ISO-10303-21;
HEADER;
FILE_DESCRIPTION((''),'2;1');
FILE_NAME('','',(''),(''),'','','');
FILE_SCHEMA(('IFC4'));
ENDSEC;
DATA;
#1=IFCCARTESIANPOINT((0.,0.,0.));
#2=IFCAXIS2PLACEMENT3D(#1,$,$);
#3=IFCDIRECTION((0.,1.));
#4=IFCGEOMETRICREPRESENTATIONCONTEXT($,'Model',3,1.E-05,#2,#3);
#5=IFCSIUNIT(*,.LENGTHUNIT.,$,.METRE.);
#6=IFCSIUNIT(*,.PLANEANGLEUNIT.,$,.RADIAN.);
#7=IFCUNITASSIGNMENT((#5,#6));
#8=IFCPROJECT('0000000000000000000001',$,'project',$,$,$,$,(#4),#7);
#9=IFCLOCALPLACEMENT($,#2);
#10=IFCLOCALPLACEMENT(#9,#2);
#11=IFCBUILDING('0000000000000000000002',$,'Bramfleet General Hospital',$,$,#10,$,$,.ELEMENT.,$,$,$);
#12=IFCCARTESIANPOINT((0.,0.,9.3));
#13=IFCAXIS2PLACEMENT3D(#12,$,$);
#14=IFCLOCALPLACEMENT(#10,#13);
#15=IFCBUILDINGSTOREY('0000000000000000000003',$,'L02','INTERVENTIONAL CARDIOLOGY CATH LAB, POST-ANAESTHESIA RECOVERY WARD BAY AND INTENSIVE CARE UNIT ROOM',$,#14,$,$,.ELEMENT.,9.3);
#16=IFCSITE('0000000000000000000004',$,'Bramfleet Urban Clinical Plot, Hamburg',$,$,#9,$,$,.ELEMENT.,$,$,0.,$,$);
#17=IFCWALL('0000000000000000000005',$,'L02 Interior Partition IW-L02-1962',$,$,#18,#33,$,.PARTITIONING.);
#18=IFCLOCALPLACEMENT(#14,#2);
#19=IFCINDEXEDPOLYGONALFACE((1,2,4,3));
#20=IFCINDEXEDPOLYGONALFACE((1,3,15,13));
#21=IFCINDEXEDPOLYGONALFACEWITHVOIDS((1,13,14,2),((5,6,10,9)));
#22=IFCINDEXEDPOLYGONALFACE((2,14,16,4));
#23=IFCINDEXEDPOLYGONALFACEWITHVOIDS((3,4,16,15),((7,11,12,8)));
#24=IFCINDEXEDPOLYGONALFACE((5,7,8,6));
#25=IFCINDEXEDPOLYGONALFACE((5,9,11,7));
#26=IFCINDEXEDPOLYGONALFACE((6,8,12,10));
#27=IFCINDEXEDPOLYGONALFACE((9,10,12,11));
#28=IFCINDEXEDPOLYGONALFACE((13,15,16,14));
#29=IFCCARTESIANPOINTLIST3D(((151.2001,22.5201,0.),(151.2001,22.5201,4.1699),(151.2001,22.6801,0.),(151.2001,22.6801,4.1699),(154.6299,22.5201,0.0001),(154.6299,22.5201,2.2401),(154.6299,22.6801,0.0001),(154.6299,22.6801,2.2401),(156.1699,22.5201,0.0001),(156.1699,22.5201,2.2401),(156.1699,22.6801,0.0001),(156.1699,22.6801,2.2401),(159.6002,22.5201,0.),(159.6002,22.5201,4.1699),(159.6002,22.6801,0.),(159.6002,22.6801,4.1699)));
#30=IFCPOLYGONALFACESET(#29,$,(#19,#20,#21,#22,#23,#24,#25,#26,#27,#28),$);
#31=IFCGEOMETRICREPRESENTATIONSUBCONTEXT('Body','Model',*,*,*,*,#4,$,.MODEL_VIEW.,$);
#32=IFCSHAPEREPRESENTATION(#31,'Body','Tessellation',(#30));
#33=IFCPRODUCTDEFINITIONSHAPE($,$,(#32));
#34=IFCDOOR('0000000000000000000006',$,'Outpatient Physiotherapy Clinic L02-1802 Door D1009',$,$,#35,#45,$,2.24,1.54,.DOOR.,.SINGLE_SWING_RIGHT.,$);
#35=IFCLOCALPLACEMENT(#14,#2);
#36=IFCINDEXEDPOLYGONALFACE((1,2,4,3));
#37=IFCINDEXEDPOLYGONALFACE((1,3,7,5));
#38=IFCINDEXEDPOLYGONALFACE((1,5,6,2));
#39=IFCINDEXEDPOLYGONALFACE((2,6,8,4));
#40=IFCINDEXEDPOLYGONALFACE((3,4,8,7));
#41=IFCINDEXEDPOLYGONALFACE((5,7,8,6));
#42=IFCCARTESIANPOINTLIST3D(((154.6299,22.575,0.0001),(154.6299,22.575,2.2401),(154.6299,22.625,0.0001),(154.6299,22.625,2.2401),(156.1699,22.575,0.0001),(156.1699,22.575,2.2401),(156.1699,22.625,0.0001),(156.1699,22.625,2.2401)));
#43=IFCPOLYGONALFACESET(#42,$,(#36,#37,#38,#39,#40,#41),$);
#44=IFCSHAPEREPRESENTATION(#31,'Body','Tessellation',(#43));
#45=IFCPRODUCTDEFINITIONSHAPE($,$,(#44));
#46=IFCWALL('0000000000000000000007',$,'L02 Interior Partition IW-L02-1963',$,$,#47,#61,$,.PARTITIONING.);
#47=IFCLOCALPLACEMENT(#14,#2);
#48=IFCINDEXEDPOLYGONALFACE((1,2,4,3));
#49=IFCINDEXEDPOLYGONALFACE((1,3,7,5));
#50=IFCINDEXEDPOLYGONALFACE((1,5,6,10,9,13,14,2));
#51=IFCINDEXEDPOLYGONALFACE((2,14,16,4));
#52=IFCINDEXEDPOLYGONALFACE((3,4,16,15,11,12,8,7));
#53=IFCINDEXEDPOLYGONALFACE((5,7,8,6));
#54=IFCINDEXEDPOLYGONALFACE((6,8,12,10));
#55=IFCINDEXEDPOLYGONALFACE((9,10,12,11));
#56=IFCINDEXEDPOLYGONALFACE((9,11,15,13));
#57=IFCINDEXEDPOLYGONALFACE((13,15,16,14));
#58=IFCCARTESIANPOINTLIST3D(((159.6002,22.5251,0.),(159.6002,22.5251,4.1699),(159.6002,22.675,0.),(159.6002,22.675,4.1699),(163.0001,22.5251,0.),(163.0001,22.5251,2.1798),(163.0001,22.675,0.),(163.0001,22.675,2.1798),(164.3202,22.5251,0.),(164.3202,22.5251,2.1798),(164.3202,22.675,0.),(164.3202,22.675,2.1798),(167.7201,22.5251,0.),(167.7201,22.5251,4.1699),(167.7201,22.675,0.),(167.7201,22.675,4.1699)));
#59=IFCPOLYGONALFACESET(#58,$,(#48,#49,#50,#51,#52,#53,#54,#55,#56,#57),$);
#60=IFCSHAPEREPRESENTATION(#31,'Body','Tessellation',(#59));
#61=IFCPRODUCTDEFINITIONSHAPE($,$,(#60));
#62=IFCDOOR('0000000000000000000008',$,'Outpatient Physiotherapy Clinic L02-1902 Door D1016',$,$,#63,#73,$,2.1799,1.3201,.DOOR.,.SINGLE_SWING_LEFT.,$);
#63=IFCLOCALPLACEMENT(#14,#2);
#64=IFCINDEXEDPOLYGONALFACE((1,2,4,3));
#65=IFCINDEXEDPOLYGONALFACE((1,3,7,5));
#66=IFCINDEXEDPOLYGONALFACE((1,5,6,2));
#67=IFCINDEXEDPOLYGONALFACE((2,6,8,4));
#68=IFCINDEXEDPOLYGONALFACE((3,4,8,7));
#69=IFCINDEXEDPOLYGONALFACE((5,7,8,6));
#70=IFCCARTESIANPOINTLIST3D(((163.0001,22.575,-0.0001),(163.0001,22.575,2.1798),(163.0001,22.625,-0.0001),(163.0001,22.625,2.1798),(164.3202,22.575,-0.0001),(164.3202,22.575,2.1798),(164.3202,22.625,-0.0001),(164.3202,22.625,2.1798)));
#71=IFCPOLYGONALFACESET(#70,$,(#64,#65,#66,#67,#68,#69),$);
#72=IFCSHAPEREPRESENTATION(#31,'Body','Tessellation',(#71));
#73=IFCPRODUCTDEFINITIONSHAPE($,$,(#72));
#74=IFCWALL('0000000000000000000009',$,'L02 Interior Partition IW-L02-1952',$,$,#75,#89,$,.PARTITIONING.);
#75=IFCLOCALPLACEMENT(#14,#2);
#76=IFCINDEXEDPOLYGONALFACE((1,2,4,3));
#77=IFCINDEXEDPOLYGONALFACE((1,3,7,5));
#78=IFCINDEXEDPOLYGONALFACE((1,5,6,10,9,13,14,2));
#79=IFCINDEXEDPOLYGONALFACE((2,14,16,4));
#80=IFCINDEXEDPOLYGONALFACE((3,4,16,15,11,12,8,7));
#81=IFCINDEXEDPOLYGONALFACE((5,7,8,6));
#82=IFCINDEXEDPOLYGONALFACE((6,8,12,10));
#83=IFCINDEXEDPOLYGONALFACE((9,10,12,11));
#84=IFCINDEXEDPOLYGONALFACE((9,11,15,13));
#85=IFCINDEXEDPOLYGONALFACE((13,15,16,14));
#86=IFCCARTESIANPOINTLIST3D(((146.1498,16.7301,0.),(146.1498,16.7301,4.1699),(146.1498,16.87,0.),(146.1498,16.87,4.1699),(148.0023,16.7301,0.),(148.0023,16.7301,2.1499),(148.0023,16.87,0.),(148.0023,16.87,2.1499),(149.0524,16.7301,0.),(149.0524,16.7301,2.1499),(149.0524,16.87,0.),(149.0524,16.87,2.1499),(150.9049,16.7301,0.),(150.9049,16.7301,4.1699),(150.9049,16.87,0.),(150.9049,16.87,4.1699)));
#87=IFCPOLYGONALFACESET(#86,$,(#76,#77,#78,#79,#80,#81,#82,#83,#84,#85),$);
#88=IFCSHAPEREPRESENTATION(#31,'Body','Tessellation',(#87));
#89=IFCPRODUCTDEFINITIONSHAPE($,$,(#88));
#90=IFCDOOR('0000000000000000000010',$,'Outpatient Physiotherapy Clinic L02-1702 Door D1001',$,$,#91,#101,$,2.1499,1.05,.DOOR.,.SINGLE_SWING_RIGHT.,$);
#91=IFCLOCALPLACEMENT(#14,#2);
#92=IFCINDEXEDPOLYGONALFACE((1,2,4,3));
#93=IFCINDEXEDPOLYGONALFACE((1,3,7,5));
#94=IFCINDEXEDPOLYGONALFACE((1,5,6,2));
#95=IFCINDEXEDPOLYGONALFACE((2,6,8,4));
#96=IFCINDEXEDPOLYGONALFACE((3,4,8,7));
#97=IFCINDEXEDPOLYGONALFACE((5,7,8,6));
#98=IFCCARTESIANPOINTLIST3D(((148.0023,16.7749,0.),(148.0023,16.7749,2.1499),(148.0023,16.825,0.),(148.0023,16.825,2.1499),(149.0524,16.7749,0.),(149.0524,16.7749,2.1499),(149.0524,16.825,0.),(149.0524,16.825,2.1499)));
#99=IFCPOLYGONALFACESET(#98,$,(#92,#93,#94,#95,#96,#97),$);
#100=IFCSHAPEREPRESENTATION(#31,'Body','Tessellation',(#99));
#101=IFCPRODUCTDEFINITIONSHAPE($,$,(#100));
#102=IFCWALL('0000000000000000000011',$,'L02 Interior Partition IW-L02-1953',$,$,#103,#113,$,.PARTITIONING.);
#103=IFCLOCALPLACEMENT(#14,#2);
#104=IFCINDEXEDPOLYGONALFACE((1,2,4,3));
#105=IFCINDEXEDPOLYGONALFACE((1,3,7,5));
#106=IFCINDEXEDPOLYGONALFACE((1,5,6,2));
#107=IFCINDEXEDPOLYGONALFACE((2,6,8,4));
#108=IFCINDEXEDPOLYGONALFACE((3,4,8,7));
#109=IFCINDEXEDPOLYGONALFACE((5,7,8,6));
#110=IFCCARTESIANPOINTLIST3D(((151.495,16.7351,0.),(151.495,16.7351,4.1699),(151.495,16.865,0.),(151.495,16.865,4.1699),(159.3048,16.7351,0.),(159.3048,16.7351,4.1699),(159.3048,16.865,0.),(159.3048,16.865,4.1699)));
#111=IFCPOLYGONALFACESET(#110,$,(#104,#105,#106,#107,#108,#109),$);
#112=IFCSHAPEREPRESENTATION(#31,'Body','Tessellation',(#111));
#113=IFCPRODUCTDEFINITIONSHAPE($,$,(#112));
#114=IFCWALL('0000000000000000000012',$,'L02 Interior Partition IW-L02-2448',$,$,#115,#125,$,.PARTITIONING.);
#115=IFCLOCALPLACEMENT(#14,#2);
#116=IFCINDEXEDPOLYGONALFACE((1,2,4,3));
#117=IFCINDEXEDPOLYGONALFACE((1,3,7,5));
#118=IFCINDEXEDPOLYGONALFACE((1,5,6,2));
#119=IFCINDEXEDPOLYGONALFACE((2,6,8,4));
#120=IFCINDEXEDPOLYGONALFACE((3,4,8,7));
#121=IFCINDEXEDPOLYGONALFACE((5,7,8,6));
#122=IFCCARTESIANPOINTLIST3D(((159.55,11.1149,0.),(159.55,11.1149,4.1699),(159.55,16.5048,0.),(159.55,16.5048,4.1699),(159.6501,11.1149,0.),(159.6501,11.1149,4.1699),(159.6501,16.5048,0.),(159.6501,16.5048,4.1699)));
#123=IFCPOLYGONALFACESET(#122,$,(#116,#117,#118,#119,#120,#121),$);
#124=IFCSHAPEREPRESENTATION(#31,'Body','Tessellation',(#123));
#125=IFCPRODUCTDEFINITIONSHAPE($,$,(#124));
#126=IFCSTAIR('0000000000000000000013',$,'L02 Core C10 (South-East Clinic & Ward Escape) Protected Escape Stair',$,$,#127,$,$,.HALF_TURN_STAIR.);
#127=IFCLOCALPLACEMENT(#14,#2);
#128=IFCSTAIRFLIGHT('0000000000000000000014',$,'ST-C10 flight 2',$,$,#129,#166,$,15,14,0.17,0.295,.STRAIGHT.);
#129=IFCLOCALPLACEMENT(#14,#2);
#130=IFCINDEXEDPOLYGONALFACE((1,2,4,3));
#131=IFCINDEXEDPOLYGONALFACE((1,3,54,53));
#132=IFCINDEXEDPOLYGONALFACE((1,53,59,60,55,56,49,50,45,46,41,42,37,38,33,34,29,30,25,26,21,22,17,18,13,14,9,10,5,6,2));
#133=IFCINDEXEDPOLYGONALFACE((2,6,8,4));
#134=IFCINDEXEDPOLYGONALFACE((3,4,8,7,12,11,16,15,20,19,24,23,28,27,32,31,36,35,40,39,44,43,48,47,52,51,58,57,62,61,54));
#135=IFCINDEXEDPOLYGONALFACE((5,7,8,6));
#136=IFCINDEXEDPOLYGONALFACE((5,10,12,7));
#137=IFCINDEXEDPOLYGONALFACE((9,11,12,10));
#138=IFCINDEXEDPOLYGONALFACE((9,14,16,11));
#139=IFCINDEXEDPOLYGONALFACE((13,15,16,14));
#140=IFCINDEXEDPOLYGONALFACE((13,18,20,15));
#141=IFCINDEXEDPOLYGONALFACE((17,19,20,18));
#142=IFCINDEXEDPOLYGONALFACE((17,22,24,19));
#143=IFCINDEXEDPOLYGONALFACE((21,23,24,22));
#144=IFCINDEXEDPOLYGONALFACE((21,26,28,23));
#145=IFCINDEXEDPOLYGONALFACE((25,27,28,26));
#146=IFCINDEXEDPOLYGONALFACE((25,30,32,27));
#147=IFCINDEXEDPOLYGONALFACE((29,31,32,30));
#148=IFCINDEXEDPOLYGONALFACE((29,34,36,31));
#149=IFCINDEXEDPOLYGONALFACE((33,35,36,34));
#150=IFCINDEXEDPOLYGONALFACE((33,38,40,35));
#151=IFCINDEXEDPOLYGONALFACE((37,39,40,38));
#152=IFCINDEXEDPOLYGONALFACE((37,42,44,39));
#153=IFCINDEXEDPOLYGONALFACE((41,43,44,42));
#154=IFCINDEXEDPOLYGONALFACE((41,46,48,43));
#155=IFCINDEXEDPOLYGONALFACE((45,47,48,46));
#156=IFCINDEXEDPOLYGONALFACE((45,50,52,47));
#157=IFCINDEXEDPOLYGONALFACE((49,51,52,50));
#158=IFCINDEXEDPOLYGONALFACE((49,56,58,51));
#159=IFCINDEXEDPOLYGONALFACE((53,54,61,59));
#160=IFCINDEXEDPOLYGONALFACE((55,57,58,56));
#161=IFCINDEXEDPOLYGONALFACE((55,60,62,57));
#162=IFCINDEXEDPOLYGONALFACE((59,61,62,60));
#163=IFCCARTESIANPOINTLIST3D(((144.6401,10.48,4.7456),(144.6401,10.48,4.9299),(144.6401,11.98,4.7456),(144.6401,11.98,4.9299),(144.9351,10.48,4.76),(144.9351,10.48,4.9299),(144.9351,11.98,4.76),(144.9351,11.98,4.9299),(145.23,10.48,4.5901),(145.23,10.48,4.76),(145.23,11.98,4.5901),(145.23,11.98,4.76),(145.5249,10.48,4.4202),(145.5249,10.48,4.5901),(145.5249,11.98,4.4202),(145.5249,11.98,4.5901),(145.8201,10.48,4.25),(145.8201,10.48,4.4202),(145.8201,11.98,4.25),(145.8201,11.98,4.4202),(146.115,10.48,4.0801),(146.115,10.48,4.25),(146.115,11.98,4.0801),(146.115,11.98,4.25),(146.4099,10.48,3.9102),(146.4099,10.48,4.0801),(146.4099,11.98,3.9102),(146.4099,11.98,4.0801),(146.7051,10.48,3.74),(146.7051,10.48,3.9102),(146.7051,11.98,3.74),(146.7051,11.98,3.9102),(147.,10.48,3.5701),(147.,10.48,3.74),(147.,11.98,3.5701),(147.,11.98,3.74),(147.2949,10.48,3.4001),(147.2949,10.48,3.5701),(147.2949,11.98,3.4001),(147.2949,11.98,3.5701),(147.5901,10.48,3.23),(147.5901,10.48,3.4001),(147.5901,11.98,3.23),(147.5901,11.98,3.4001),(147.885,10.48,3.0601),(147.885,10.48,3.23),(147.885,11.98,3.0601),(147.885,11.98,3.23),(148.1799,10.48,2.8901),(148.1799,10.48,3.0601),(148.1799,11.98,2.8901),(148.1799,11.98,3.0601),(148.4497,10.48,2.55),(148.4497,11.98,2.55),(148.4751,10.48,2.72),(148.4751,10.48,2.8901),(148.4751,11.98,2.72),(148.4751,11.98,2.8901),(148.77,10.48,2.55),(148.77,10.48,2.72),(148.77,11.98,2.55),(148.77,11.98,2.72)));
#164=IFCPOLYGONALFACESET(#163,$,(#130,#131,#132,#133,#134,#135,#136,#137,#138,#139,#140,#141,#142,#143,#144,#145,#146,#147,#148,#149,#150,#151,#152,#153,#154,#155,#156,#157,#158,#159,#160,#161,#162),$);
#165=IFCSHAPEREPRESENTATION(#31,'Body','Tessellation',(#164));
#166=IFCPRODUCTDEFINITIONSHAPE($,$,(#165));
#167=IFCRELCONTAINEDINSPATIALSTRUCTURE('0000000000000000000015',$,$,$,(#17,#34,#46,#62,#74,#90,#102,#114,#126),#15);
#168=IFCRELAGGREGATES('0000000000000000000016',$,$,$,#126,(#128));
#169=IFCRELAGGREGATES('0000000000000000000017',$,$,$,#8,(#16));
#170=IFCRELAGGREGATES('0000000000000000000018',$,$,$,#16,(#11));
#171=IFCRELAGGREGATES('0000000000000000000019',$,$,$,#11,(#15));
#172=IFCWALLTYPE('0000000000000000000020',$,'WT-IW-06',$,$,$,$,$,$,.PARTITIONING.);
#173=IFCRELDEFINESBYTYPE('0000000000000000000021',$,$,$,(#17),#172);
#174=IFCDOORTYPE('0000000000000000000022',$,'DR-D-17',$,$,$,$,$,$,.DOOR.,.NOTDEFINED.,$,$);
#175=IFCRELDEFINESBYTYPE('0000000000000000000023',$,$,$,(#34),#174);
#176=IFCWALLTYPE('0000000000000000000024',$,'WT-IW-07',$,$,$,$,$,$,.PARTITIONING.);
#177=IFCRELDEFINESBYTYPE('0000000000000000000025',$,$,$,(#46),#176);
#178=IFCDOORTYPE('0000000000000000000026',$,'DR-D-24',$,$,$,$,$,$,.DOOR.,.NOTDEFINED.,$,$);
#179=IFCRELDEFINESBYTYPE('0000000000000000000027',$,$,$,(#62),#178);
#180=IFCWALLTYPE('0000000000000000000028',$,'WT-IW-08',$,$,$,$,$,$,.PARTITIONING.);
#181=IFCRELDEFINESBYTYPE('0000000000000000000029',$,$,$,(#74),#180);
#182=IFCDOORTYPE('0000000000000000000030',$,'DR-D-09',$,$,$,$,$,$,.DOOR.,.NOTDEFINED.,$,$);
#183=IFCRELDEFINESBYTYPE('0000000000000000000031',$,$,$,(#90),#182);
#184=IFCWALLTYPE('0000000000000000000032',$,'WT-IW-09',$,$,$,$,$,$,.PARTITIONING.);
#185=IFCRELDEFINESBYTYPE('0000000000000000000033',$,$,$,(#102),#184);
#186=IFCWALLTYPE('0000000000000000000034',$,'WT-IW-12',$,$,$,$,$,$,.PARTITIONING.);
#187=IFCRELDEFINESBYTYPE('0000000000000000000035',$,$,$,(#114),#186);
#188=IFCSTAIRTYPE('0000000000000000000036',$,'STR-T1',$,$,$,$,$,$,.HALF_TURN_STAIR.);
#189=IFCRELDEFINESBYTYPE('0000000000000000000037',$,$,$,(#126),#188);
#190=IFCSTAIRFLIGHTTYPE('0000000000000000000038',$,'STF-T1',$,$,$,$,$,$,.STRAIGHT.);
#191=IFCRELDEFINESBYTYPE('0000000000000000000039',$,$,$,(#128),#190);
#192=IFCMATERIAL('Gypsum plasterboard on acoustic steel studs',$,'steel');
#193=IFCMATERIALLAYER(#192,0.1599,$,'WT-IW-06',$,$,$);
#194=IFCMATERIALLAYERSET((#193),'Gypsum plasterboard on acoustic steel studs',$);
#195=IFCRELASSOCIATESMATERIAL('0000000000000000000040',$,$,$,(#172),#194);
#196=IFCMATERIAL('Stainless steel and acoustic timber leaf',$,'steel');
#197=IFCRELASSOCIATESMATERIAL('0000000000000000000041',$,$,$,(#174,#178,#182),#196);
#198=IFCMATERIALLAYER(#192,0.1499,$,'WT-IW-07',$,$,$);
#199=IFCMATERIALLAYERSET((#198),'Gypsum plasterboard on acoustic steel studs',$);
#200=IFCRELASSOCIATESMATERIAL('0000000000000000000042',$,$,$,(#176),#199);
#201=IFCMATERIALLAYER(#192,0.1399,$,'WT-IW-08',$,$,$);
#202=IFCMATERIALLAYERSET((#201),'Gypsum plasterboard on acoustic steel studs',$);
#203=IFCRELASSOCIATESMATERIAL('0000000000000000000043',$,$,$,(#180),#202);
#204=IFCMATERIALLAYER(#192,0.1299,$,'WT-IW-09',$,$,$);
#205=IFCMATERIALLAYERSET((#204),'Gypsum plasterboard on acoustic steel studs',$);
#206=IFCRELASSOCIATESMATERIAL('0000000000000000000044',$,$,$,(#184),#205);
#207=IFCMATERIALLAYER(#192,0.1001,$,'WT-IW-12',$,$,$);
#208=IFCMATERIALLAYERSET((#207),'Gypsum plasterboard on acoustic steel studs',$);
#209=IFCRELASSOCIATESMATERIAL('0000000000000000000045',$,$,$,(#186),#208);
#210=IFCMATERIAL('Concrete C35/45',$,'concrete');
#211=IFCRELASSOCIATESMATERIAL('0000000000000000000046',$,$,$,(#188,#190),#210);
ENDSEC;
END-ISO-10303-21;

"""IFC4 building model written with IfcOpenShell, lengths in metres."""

from ifc_helpers import new_model, si_unit, direction, frame, frame_2d, origin, place, context, subcontext, project, spatial, polyline, rectangle, outline, extrude, material, layer, layer_set, type_object, element, fill, aggregate, save


model = new_model("IFC4")

# Units and contexts
model_context = context("Model", 3, precision=1e-05, world=origin(), true_north=direction((0.0, 1.0)))
body_context = subcontext(model_context, "Body", "Model", "MODEL_VIEW")
ifc_project = project(units=[si_unit("LENGTHUNIT", "METRE"), si_unit("PLANEANGLEUNIT", "RADIAN")], contexts=[model_context])

# Site, building, storey
site_placement = place(None, origin())
site = spatial("IfcSite", under=ifc_project, at=site_placement, Name="Bramfleet Urban Clinical Plot, Hamburg", CompositionType="ELEMENT", RefElevation=0.0)
building_placement = place(site_placement, origin())
building = spatial("IfcBuilding", under=site, at=building_placement, Name="Bramfleet General Hospital", CompositionType="ELEMENT")
storey_placement = place(building_placement, frame((0.0, 0.0, 9.3)))
storey = spatial("IfcBuildingStorey", under=building, at=storey_placement, Name="L02", Description="INTERVENTIONAL CARDIOLOGY CATH LAB, POST-ANAESTHESIA RECOVERY WARD BAY AND INTENSIVE CARE UNIT ROOM", CompositionType="ELEMENT", Elevation=9.3)

# Shared definitions
ifc_material_1 = material(Name="Concrete C35/45", Category="concrete")

# Shared definitions
ifc_material_2 = material(Name="Stainless steel and acoustic timber leaf", Category="steel")

# Shared definitions
ifc_material_3 = material(Name="Gypsum plasterboard on acoustic steel studs", Category="steel")

# Walls, openings, doors
ifc_layer_1 = layer(ifc_material_3, 0.1599, Name="WT-IW-06")
ifc_layer_set_1 = layer_set([ifc_layer_1], Name="Gypsum plasterboard on acoustic steel studs")
wall_type_1 = type_object("IfcWallType", Name="WT-IW-06", PredefinedType="PARTITIONING", material=ifc_layer_set_1)
wall_1_placement = place(storey_placement, frame((151.2, 22.6001, 0.0), z_axis=(0.0, 0.0, 1.0), x_axis=(1.0, 0.0, 0.0)))
wall_1 = element("IfcWall", 1, at=wall_1_placement, inside=storey, type_object=wall_type_1, Name="L02 Interior Partition IW-L02-1962", PredefinedType="PARTITIONING", context=body_context, shape_type="SweptSolid", body=[
    extrude(rectangle(XDim=8.4001, YDim=0.1599, at=frame_2d((4.2002, 0.0))), origin(), (0.0, 0.0, 1.0), 4.1699),
])
opening_1_placement = place(wall_1_placement, frame((3.4299, 0.0, 0.0)))
opening_1 = element("IfcOpeningElement", 2, at=opening_1_placement, cuts=wall_1, PredefinedType="OPENING", context=body_context, shape_type="SweptSolid", body=[
    extrude(rectangle(XDim=1.54, YDim=2.24, at=frame_2d((0.77, 1.1201))), frame((0.0, 0.0898, 0.0), z_axis=(0.0, -1.0, 0.0), x_axis=(1.0, 0.0, 0.0)), (0.0, 0.0, 1.0), 0.1799),
])
door_type_1 = type_object("IfcDoorType", Name="DR-D-17", OperationType="NOTDEFINED", PredefinedType="DOOR", material=ifc_material_2)
door_1_placement = place(opening_1_placement, origin())
door_1 = element("IfcDoor", 3, at=door_1_placement, inside=storey, type_object=door_type_1, Name="Outpatient Physiotherapy Clinic L02-1802 Door D1009", OperationType="SINGLE_SWING_RIGHT", OverallHeight=2.24, OverallWidth=1.54, PredefinedType="DOOR", context=body_context, shape_type="SweptSolid", body=[
    extrude(rectangle(XDim=1.54, YDim=2.24, at=frame_2d((0.77, 1.1201))), frame((0.0, 0.0249, 0.0), z_axis=(0.0, -1.0, 0.0), x_axis=(1.0, 0.0, 0.0)), (0.0, 0.0, 1.0), 0.05),
])
fill(opening_1, door_1)
ifc_layer_2 = layer(ifc_material_3, 0.1499, Name="WT-IW-07")
ifc_layer_set_2 = layer_set([ifc_layer_2], Name="Gypsum plasterboard on acoustic steel studs")
wall_type_2 = type_object("IfcWallType", Name="WT-IW-07", PredefinedType="PARTITIONING", material=ifc_layer_set_2)
wall_2_placement = place(storey_placement, frame((159.6001, 22.6001, 0.0), z_axis=(0.0, 0.0, 1.0), x_axis=(1.0, 0.0, 0.0)))
wall_2 = element("IfcWall", 4, at=wall_2_placement, inside=storey, type_object=wall_type_2, Name="L02 Interior Partition IW-L02-1963", PredefinedType="PARTITIONING", context=body_context, shape_type="SweptSolid", body=[
    extrude(rectangle(XDim=8.1199, YDim=0.1499, at=frame_2d((4.0601, 0.0))), origin(), (0.0, 0.0, 1.0), 4.1699),
])
opening_2_placement = place(wall_2_placement, frame((3.3999, 0.0, 0.0)))
opening_2 = element("IfcOpeningElement", 5, at=opening_2_placement, cuts=wall_2, PredefinedType="OPENING", context=body_context, shape_type="SweptSolid", body=[
    extrude(rectangle(XDim=1.3201, YDim=2.1799, at=frame_2d((0.6602, 1.0898))), frame((0.0, 0.085, 0.0), z_axis=(0.0, -1.0, 0.0), x_axis=(1.0, 0.0, 0.0)), (0.0, 0.0, 1.0), 0.1699),
])
door_type_2 = type_object("IfcDoorType", Name="DR-D-24", OperationType="NOTDEFINED", PredefinedType="DOOR", material=ifc_material_2)
door_2_placement = place(opening_2_placement, origin())
door_2 = element("IfcDoor", 6, at=door_2_placement, inside=storey, type_object=door_type_2, Name="Outpatient Physiotherapy Clinic L02-1902 Door D1016", OperationType="SINGLE_SWING_LEFT", OverallHeight=2.1799, OverallWidth=1.3201, PredefinedType="DOOR", context=body_context, shape_type="SweptSolid", body=[
    extrude(rectangle(XDim=1.3201, YDim=2.1799, at=frame_2d((0.6602, 1.0898))), frame((0.0, 0.0249, 0.0), z_axis=(0.0, -1.0, 0.0), x_axis=(1.0, 0.0, 0.0)), (0.0, 0.0, 1.0), 0.05),
])
fill(opening_2, door_2)
ifc_layer_3 = layer(ifc_material_3, 0.1399, Name="WT-IW-08")
ifc_layer_set_3 = layer_set([ifc_layer_3], Name="Gypsum plasterboard on acoustic steel studs")
wall_type_3 = type_object("IfcWallType", Name="WT-IW-08", PredefinedType="PARTITIONING", material=ifc_layer_set_3)
wall_3_placement = place(storey_placement, frame((146.1499, 16.8, 0.0), z_axis=(0.0, 0.0, 1.0), x_axis=(1.0, 0.0, 0.0)))
wall_3 = element("IfcWall", 7, at=wall_3_placement, inside=storey, type_object=wall_type_3, Name="L02 Interior Partition IW-L02-1952", PredefinedType="PARTITIONING", context=body_context, shape_type="SweptSolid", body=[
    extrude(rectangle(XDim=4.7551, YDim=0.1399, at=frame_2d((2.3774, 0.0))), origin(), (0.0, 0.0, 1.0), 4.1699),
])
opening_3_placement = place(wall_3_placement, frame((1.8525, 0.0, 0.0)))
opening_3 = element("IfcOpeningElement", 8, at=opening_3_placement, cuts=wall_3, PredefinedType="OPENING", context=body_context, shape_type="SweptSolid", body=[
    extrude(rectangle(XDim=1.05, YDim=2.1499, at=frame_2d((0.5249, 1.075))), frame((0.0, 0.0798, 0.0), z_axis=(0.0, -1.0, 0.0), x_axis=(1.0, 0.0, 0.0)), (0.0, 0.0, 1.0), 0.1599),
])
door_type_3 = type_object("IfcDoorType", Name="DR-D-09", OperationType="NOTDEFINED", PredefinedType="DOOR", material=ifc_material_2)
door_3_placement = place(opening_3_placement, origin())
door_3 = element("IfcDoor", 9, at=door_3_placement, inside=storey, type_object=door_type_3, Name="Outpatient Physiotherapy Clinic L02-1702 Door D1001", OperationType="SINGLE_SWING_RIGHT", OverallHeight=2.1499, OverallWidth=1.05, PredefinedType="DOOR", context=body_context, shape_type="SweptSolid", body=[
    extrude(rectangle(XDim=1.05, YDim=2.1499, at=frame_2d((0.5249, 1.075))), frame((0.0, 0.0249, 0.0), z_axis=(0.0, -1.0, 0.0), x_axis=(1.0, 0.0, 0.0)), (0.0, 0.0, 1.0), 0.05),
])
fill(opening_3, door_3)

# Walls
ifc_layer_4 = layer(ifc_material_3, 0.1299, Name="WT-IW-09")
ifc_layer_set_4 = layer_set([ifc_layer_4], Name="Gypsum plasterboard on acoustic steel studs")
wall_type_4 = type_object("IfcWallType", Name="WT-IW-09", PredefinedType="PARTITIONING", material=ifc_layer_set_4)
wall_4_placement = place(storey_placement, frame((151.4951, 16.8, 0.0), z_axis=(0.0, 0.0, 1.0), x_axis=(1.0, 0.0, 0.0)))
element("IfcWall", 10, at=wall_4_placement, inside=storey, type_object=wall_type_4, Name="L02 Interior Partition IW-L02-1953", PredefinedType="PARTITIONING", context=body_context, shape_type="SweptSolid", body=[
    extrude(rectangle(XDim=7.8098, YDim=0.1299, at=frame_2d((3.9048, 0.0))), origin(), (0.0, 0.0, 1.0), 4.1699),
])
ifc_layer_5 = layer(ifc_material_3, 0.1001, Name="WT-IW-12")
ifc_layer_set_5 = layer_set([ifc_layer_5], Name="Gypsum plasterboard on acoustic steel studs")
wall_type_5 = type_object("IfcWallType", Name="WT-IW-12", PredefinedType="PARTITIONING", material=ifc_layer_set_5)
wall_5_placement = place(storey_placement, frame((159.6001, 11.115, 0.0), z_axis=(0.0, 0.0, 1.0), x_axis=(0.0, 1.0, 0.0)))
element("IfcWall", 11, at=wall_5_placement, inside=storey, type_object=wall_type_5, Name="L02 Interior Partition IW-L02-2448", PredefinedType="PARTITIONING", context=body_context, shape_type="SweptSolid", body=[
    extrude(rectangle(XDim=5.3899, YDim=0.1001, at=frame_2d((2.6948, 0.0))), origin(), (0.0, 0.0, 1.0), 4.1699),
])

# Stair, stair flight
stair_type = type_object("IfcStairType", Name="STR-T1", PredefinedType="HALF_TURN_STAIR", material=ifc_material_1)
stair_placement = place(storey_placement, origin())
stair = element("IfcStair", 12, at=stair_placement, inside=storey, type_object=stair_type, Name="L02 Core C10 (South-East Clinic & Ward Escape) Protected Escape Stair", PredefinedType="HALF_TURN_STAIR")
stair_flight_type = type_object("IfcStairFlightType", Name="STF-T1", PredefinedType="STRAIGHT", material=ifc_material_1)
stair_flight_placement = place(storey_placement, frame((148.77, 11.23, 2.55), z_axis=(0.0, 0.0, 1.0), x_axis=(-1.0, 0.0, 0.0)))
stair_flight = element("IfcStairFlight", 13, at=stair_flight_placement, type_object=stair_flight_type, Name="ST-C10 flight 2", NumberOfRisers=15, NumberOfTreads=14, PredefinedType="STRAIGHT", RiserHeight=0.17, TreadLength=0.295, context=body_context, shape_type="SweptSolid", body=[
    extrude(outline(polyline([(0.0, 0.0), (0.0, 0.1699), (0.2949, 0.1699), (0.2949, 0.3401), (0.5901, 0.3401), (0.5901, 0.51), (0.885, 0.51), (0.885, 0.6799), (1.1799, 0.6799), (1.1799, 0.8501), (1.4751, 0.8501), (1.4751, 1.02), (1.77, 1.02), (1.77, 1.1899), (2.0649, 1.1899), (2.0649, 1.3601), (2.3601, 1.3601), (2.3601, 1.53), (2.655, 1.53), (2.655, 1.7), (2.95, 1.7), (2.95, 1.8701), (3.2451, 1.8701), (3.2451, 2.04), (3.54, 2.04), (3.54, 2.21), (3.835, 2.21), (3.835, 2.3799), (4.1299, 2.3799), (4.1299, 2.55), (4.1299, 2.1956), (0.3203, 0.0), (0.0, 0.0)])), frame((0.0, 0.75, 0.0), z_axis=(0.0, -1.0, 0.0), x_axis=(1.0, 0.0, 0.0)), (0.0, 0.0, 1.0), 1.5),
])
aggregate(stair, [stair_flight])

save(model, "model.ifc")
